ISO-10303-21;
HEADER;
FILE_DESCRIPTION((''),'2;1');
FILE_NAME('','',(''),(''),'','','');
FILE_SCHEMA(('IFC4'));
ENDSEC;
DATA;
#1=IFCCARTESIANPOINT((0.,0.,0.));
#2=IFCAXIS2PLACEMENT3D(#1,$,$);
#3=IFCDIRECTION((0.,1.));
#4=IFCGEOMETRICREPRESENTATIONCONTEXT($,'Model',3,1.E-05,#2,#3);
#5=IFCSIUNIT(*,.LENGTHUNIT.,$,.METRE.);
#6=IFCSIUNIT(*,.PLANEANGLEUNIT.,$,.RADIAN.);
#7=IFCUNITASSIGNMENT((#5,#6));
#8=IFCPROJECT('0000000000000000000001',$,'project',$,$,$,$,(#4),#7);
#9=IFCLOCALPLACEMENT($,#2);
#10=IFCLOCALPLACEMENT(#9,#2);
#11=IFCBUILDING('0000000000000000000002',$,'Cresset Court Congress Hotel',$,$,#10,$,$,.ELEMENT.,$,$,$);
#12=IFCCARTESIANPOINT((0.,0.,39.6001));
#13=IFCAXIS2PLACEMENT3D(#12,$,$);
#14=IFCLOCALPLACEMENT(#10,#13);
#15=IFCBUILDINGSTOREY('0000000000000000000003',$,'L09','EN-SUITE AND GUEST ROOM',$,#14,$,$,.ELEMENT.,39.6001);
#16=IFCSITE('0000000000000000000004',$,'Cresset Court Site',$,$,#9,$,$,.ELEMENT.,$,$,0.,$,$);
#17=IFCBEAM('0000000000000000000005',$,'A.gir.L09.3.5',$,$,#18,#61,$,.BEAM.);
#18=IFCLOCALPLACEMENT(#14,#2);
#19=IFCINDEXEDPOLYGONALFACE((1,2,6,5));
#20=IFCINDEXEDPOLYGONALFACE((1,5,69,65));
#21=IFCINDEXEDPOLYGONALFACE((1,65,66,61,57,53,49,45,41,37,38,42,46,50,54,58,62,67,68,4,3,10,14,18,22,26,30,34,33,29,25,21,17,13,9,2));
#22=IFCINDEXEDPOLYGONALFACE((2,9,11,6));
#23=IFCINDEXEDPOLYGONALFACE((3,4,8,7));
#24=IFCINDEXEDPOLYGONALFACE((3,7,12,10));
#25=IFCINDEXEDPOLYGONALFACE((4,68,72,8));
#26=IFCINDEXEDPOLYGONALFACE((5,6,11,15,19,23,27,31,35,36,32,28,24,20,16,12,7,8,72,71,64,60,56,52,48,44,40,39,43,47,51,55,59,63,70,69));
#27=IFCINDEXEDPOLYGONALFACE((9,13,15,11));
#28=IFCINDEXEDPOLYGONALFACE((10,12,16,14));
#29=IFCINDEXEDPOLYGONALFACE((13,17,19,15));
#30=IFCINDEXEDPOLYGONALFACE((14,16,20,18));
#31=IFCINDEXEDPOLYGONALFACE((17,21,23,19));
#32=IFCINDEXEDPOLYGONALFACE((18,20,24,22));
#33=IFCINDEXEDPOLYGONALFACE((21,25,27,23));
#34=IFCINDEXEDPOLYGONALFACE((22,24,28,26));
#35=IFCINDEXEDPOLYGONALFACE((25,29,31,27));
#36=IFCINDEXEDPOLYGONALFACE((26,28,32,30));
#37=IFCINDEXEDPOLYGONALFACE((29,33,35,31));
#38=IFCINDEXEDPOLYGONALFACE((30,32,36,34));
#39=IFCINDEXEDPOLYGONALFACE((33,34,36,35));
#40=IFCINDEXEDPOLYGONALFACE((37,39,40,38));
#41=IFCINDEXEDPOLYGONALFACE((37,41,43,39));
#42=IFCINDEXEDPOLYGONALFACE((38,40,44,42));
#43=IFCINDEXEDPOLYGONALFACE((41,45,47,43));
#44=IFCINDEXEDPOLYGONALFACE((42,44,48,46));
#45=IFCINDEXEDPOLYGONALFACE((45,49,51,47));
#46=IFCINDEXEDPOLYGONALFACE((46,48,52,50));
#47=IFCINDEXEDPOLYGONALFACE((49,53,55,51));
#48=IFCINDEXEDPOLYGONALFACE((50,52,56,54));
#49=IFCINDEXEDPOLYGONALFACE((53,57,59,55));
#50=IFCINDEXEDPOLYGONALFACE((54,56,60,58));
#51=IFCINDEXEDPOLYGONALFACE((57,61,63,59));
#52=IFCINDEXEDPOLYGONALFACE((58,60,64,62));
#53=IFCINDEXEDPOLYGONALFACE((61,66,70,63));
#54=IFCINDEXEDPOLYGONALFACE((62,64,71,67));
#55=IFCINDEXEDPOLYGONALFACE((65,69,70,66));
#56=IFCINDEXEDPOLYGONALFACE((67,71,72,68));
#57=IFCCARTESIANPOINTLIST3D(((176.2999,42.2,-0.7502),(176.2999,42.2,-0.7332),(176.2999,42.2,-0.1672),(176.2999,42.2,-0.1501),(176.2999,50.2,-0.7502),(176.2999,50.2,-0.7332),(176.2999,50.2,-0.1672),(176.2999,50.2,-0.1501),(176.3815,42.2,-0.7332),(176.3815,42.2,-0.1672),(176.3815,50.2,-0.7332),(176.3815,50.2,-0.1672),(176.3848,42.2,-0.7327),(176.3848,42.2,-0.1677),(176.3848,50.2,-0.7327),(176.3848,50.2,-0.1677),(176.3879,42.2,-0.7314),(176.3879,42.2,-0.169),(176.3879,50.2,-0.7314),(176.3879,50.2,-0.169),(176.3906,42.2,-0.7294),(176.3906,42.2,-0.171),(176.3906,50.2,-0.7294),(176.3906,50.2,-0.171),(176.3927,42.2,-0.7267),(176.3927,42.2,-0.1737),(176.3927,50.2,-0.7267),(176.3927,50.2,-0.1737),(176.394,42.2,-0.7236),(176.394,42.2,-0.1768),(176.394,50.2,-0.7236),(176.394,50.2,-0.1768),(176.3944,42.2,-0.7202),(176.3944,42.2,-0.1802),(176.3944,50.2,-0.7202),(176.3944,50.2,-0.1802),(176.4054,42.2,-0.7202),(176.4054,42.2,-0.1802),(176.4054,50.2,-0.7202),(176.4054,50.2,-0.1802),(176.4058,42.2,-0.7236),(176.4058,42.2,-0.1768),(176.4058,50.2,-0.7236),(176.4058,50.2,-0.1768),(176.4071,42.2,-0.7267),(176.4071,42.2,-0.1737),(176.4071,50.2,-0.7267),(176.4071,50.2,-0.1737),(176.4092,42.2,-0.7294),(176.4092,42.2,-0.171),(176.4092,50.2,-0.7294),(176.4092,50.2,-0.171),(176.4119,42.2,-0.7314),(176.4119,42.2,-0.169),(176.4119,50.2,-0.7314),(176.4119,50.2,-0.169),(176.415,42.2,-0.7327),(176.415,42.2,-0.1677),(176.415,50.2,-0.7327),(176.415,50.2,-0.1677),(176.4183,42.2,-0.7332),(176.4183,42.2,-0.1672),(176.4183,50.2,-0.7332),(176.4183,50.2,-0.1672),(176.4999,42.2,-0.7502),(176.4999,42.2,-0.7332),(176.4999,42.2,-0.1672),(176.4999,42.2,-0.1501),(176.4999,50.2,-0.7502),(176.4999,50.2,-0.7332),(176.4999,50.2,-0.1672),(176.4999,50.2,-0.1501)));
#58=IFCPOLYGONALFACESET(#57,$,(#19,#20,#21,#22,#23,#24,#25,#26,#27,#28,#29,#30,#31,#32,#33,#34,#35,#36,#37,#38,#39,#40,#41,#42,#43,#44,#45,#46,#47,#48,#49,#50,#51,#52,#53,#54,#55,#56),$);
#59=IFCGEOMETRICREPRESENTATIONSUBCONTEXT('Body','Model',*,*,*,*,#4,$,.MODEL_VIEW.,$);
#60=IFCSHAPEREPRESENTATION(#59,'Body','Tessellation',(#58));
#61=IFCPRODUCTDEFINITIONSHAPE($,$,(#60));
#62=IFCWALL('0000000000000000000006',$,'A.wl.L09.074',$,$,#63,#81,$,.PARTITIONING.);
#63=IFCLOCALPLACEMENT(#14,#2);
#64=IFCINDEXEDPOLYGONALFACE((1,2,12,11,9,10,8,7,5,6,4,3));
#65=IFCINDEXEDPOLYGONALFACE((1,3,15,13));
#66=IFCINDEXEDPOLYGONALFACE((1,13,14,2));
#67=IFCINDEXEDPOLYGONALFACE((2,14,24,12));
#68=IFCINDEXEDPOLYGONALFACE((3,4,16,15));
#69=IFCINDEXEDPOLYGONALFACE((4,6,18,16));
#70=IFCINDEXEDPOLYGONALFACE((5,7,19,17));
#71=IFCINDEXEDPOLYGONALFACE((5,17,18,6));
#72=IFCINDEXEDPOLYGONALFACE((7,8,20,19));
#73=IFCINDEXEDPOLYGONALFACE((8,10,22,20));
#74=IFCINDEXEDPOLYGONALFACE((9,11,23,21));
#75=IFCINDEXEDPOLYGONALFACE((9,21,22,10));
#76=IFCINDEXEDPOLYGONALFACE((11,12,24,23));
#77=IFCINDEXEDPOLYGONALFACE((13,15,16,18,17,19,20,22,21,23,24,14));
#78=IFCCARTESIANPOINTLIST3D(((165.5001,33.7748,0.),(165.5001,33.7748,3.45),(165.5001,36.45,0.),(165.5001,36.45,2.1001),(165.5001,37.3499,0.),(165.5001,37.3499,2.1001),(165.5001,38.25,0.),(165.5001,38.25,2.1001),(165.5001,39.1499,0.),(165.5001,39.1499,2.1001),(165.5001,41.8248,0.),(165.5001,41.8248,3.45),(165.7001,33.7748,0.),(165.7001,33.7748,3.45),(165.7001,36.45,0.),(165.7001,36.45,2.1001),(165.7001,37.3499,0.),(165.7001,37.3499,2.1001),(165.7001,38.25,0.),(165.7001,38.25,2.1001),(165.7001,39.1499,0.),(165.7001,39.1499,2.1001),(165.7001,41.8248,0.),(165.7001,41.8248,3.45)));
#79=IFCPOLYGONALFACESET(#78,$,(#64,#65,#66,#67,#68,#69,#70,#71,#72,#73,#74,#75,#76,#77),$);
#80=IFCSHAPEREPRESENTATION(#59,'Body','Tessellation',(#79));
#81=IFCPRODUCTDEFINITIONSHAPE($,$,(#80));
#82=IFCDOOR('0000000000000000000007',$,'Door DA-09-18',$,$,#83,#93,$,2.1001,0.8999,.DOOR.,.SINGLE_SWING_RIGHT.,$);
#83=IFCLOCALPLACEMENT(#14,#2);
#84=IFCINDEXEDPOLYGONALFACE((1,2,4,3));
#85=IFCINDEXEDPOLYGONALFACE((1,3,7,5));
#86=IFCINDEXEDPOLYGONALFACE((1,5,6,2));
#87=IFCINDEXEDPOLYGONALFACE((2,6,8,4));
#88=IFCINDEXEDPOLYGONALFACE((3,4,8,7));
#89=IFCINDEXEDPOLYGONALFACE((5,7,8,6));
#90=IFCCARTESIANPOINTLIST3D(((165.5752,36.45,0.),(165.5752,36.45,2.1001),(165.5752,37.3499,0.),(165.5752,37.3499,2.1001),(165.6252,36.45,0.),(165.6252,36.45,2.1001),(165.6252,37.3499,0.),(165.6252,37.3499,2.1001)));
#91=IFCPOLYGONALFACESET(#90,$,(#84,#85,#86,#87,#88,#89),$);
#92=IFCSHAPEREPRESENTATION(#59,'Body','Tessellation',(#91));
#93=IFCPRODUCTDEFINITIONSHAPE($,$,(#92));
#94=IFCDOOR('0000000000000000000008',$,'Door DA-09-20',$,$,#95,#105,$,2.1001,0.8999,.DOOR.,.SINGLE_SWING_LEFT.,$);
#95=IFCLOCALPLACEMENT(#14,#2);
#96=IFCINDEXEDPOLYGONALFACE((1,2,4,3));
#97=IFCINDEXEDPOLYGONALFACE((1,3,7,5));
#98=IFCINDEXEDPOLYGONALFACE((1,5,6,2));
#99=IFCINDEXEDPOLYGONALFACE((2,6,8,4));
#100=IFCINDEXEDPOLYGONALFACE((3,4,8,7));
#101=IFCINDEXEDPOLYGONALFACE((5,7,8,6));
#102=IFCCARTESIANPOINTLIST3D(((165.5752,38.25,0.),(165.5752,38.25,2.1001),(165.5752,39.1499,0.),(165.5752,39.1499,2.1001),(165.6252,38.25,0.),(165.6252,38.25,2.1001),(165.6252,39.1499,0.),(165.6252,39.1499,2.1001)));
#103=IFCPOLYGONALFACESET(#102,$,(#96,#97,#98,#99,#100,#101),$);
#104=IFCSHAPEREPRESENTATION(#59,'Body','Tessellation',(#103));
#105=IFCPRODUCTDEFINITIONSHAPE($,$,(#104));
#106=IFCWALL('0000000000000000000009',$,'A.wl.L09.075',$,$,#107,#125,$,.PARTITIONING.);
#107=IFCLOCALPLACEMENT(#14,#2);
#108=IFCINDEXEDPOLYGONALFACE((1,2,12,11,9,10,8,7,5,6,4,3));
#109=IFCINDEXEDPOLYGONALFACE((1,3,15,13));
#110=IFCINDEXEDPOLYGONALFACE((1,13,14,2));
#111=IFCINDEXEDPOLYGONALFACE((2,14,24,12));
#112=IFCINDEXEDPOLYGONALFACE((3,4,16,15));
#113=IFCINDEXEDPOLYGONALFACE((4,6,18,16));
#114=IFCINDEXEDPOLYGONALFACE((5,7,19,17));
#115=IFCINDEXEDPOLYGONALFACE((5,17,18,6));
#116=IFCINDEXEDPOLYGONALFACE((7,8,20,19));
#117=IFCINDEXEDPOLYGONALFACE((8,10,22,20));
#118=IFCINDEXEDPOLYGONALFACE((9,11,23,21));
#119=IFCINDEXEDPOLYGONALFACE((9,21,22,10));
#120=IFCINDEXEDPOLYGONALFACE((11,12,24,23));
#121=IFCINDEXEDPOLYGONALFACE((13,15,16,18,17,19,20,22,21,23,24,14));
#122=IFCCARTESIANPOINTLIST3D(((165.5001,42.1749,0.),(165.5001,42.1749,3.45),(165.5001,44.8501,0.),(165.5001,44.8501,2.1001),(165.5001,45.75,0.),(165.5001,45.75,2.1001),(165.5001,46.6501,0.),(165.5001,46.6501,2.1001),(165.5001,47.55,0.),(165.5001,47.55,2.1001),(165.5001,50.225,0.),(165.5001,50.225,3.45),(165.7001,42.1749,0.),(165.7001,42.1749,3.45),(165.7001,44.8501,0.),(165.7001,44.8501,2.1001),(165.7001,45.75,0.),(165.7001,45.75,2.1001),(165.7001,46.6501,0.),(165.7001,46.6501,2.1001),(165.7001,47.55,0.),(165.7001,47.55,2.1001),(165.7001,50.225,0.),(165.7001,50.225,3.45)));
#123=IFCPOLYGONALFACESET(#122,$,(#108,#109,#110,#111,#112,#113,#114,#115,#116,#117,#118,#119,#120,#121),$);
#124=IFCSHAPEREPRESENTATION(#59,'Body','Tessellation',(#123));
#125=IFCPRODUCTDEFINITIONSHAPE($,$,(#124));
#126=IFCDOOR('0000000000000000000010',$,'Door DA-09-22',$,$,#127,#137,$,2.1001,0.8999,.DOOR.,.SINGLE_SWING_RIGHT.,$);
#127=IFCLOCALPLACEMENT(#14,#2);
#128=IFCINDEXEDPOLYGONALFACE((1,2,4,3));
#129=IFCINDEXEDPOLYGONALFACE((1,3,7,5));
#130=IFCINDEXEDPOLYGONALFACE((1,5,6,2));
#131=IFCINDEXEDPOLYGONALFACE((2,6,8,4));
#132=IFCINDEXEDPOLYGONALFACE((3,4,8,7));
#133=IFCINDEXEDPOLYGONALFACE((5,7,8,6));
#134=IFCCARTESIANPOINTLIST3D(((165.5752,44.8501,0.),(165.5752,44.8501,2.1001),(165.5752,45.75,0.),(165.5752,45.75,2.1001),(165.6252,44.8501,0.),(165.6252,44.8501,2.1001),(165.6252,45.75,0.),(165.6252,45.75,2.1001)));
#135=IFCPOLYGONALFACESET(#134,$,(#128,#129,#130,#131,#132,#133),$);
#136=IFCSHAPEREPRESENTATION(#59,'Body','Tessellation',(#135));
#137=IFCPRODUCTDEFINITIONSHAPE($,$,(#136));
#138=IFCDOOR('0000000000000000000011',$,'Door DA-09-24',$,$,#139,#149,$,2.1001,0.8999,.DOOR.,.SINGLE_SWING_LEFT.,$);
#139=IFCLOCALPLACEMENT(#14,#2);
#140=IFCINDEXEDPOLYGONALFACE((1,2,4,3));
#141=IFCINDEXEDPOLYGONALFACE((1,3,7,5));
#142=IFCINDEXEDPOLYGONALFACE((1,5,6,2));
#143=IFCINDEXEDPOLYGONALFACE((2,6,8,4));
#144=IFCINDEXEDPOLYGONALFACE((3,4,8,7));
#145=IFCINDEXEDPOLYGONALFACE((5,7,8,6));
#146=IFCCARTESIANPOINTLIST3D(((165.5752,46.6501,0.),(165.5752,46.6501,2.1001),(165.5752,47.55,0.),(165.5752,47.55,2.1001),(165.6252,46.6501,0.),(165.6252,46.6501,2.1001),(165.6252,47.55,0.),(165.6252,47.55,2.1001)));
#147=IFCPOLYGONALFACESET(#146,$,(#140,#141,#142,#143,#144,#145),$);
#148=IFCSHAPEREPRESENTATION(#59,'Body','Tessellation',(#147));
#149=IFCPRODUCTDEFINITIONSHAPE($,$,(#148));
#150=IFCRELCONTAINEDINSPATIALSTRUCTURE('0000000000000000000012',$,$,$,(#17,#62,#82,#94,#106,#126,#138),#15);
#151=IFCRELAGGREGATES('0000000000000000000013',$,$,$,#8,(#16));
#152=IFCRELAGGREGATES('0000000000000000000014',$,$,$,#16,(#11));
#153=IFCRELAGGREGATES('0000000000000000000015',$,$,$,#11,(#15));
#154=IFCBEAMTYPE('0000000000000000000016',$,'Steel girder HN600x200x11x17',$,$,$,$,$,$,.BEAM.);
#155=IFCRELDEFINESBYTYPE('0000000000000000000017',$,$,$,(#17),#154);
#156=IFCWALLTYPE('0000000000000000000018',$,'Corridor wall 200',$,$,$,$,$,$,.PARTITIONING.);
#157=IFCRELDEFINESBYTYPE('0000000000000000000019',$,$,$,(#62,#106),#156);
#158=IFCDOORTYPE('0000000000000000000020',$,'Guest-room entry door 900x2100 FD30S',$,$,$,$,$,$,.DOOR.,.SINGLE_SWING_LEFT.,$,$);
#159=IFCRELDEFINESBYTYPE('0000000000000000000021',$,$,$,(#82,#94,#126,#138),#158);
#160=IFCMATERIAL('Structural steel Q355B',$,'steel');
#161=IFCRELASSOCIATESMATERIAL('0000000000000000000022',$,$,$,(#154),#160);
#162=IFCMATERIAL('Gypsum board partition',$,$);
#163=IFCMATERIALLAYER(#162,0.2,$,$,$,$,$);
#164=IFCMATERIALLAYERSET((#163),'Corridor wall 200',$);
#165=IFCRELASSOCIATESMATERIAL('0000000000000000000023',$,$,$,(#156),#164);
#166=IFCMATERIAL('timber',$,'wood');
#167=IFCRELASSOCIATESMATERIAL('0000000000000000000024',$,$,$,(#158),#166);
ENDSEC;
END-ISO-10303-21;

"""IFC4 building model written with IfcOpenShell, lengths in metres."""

from ifc_helpers import new_model, si_unit, direction, frame, frame_2d, origin, origin_2d, place, context, subcontext, project, spatial, rectangle, i_section, extrude, material, layer, layer_set, material_profile, profile_set, type_object, element, fill, save


model = new_model("IFC4")

# Units and contexts
model_context = context("Model", 3, precision=1e-05, world=origin(), true_north=direction((0.0, 1.0)))
body_context = subcontext(model_context, "Body", "Model", "MODEL_VIEW")
ifc_project = project(units=[si_unit("LENGTHUNIT", "METRE"), si_unit("PLANEANGLEUNIT", "RADIAN")], contexts=[model_context])

# Site, building, storey
site_placement = place(None, origin())
site = spatial("IfcSite", under=ifc_project, at=site_placement, Name="Cresset Court Site", CompositionType="ELEMENT", RefElevation=0.0)
building_placement = place(site_placement, origin())
building = spatial("IfcBuilding", under=site, at=building_placement, Name="Cresset Court Congress Hotel", CompositionType="ELEMENT")
storey_placement = place(building_placement, frame((0.0, 0.0, 39.6001)))
storey = spatial("IfcBuildingStorey", under=building, at=storey_placement, Name="L09", Description="EN-SUITE AND GUEST ROOM", CompositionType="ELEMENT", Elevation=39.6001)

# Beam
ifc_material_1 = material(Name="Structural steel Q355B", Category="steel")
ifc_material_profile_1 = material_profile(ifc_material_1, i_section(OverallWidth=0.2, OverallDepth=0.6001, WebThickness=0.011, FlangeThickness=0.0171, FilletRadius=0.0129, at=origin_2d()), Name="HN600x200x11x17")
ifc_profile_set_1 = profile_set([ifc_material_profile_1], Name="Structural steel Q355B")
beam_type_1 = type_object("IfcBeamType", Name="Steel girder HN600x200x11x17", PredefinedType="BEAM", material=ifc_profile_set_1)
for number, where, z_axis, x_axis, name in (
    (1, (176.3999, 42.2, -0.4502), (0.0, 1.0, 0.0), (-1.0, 0.0, 0.0), "A.gir.L09.3.5"),
):
    element("IfcBeam", number, at=place(storey_placement, frame(where, z_axis=z_axis, x_axis=x_axis)), inside=storey, type_object=beam_type_1, Name=name, PredefinedType="BEAM", context=body_context, shape_type="SweptSolid", body=[
        extrude(i_section(OverallWidth=0.2, OverallDepth=0.6001, WebThickness=0.011, FlangeThickness=0.0171, FilletRadius=0.0129, at=origin_2d()), origin(), (0.0, 0.0, 1.0), 8.0),
    ])

# Walls, openings, doors
ifc_material_2 = material(Name="Gypsum board partition")
ifc_layer_1 = layer(ifc_material_2, 0.2)
ifc_layer_set_1 = layer_set([ifc_layer_1], Name="Corridor wall 200")
wall_type_1 = type_object("IfcWallType", Name="Corridor wall 200", PredefinedType="PARTITIONING", material=ifc_layer_set_1)
wall_1_placement = place(storey_placement, frame((165.6001, 33.7749, 0.0), z_axis=(0.0, 0.0, 1.0), x_axis=(0.0, 1.0, 0.0)))
wall_1 = element("IfcWall", 2, at=wall_1_placement, inside=storey, type_object=wall_type_1, Name="A.wl.L09.074", PredefinedType="PARTITIONING", context=body_context, shape_type="SweptSolid", body=[
    extrude(rectangle(XDim=8.05, YDim=0.2, at=frame_2d((4.0249, 0.0))), origin(), (0.0, 0.0, 1.0), 3.45),
])
opening_1_placement = place(wall_1_placement, frame((2.675, 0.0, 0.0)))
opening_1 = element("IfcOpeningElement", 3, at=opening_1_placement, cuts=wall_1, PredefinedType="OPENING", context=body_context, shape_type="SweptSolid", body=[
    extrude(rectangle(XDim=0.8999, YDim=2.1001, at=frame_2d((0.45, 1.05))), frame((0.0, 0.1099, 0.0), z_axis=(0.0, -1.0, 0.0), x_axis=(1.0, 0.0, 0.0)), (0.0, 0.0, 1.0), 0.22),
])
opening_2_placement = place(wall_1_placement, frame((4.4751, 0.0, 0.0)))
opening_2 = element("IfcOpeningElement", 4, at=opening_2_placement, cuts=wall_1, PredefinedType="OPENING", context=body_context, shape_type="SweptSolid", body=[
    extrude(rectangle(XDim=0.8999, YDim=2.1001, at=frame_2d((0.45, 1.05))), frame((0.0, 0.1099, 0.0), z_axis=(0.0, -1.0, 0.0), x_axis=(1.0, 0.0, 0.0)), (0.0, 0.0, 1.0), 0.22),
])
ifc_material_3 = material(Name="timber", Category="wood")
door_type_1 = type_object("IfcDoorType", Name="Guest-room entry door 900x2100 FD30S", OperationType="SINGLE_SWING_LEFT", PredefinedType="DOOR", material=ifc_material_3)
door_1_placement = place(opening_1_placement, origin())
door_1 = element("IfcDoor", 5, at=door_1_placement, inside=storey, type_object=door_type_1, Name="Door DA-09-18", OperationType="SINGLE_SWING_RIGHT", OverallHeight=2.1001, OverallWidth=0.8999, PredefinedType="DOOR", context=body_context, shape_type="SweptSolid", body=[
    extrude(rectangle(XDim=0.8999, YDim=2.1001, at=frame_2d((0.45, 1.05))), frame((0.0, 0.0249, 0.0), z_axis=(0.0, -1.0, 0.0), x_axis=(1.0, 0.0, 0.0)), (0.0, 0.0, 1.0), 0.05),
])
fill(opening_1, door_1)
door_2_placement = place(opening_2_placement, origin())
door_2 = element("IfcDoor", 6, at=door_2_placement, inside=storey, type_object=door_type_1, Name="Door DA-09-20", OperationType="SINGLE_SWING_LEFT", OverallHeight=2.1001, OverallWidth=0.8999, PredefinedType="DOOR", context=body_context, shape_type="SweptSolid", body=[
    extrude(rectangle(XDim=0.8999, YDim=2.1001, at=frame_2d((0.45, 1.05))), frame((0.0, 0.0249, 0.0), z_axis=(0.0, -1.0, 0.0), x_axis=(1.0, 0.0, 0.0)), (0.0, 0.0, 1.0), 0.05),
])
fill(opening_2, door_2)
wall_2_placement = place(storey_placement, frame((165.6001, 42.175, 0.0), z_axis=(0.0, 0.0, 1.0), x_axis=(0.0, 1.0, 0.0)))
wall_2 = element("IfcWall", 7, at=wall_2_placement, inside=storey, type_object=wall_type_1, Name="A.wl.L09.075", PredefinedType="PARTITIONING", context=body_context, shape_type="SweptSolid", body=[
    extrude(rectangle(XDim=8.05, YDim=0.2, at=frame_2d((4.0249, 0.0))), origin(), (0.0, 0.0, 1.0), 3.45),
])
opening_3_placement = place(wall_2_placement, frame((2.675, 0.0, 0.0)))
opening_3 = element("IfcOpeningElement", 8, at=opening_3_placement, cuts=wall_2, PredefinedType="OPENING", context=body_context, shape_type="SweptSolid", body=[
    extrude(rectangle(XDim=0.8999, YDim=2.1001, at=frame_2d((0.45, 1.05))), frame((0.0, 0.1099, 0.0), z_axis=(0.0, -1.0, 0.0), x_axis=(1.0, 0.0, 0.0)), (0.0, 0.0, 1.0), 0.22),
])
opening_4_placement = place(wall_2_placement, frame((4.4751, 0.0, 0.0)))
opening_4 = element("IfcOpeningElement", 9, at=opening_4_placement, cuts=wall_2, PredefinedType="OPENING", context=body_context, shape_type="SweptSolid", body=[
    extrude(rectangle(XDim=0.8999, YDim=2.1001, at=frame_2d((0.45, 1.05))), frame((0.0, 0.1099, 0.0), z_axis=(0.0, -1.0, 0.0), x_axis=(1.0, 0.0, 0.0)), (0.0, 0.0, 1.0), 0.22),
])
door_3_placement = place(opening_3_placement, origin())
door_3 = element("IfcDoor", 10, at=door_3_placement, inside=storey, type_object=door_type_1, Name="Door DA-09-22", OperationType="SINGLE_SWING_RIGHT", OverallHeight=2.1001, OverallWidth=0.8999, PredefinedType="DOOR", context=body_context, shape_type="SweptSolid", body=[
    extrude(rectangle(XDim=0.8999, YDim=2.1001, at=frame_2d((0.45, 1.05))), frame((0.0, 0.0249, 0.0), z_axis=(0.0, -1.0, 0.0), x_axis=(1.0, 0.0, 0.0)), (0.0, 0.0, 1.0), 0.05),
])
fill(opening_3, door_3)
door_4_placement = place(opening_4_placement, origin())
door_4 = element("IfcDoor", 11, at=door_4_placement, inside=storey, type_object=door_type_1, Name="Door DA-09-24", OperationType="SINGLE_SWING_LEFT", OverallHeight=2.1001, OverallWidth=0.8999, PredefinedType="DOOR", context=body_context, shape_type="SweptSolid", body=[
    extrude(rectangle(XDim=0.8999, YDim=2.1001, at=frame_2d((0.45, 1.05))), frame((0.0, 0.0249, 0.0), z_axis=(0.0, -1.0, 0.0), x_axis=(1.0, 0.0, 0.0)), (0.0, 0.0, 1.0), 0.05),
])
fill(opening_4, door_4)

save(model, "model.ifc")
